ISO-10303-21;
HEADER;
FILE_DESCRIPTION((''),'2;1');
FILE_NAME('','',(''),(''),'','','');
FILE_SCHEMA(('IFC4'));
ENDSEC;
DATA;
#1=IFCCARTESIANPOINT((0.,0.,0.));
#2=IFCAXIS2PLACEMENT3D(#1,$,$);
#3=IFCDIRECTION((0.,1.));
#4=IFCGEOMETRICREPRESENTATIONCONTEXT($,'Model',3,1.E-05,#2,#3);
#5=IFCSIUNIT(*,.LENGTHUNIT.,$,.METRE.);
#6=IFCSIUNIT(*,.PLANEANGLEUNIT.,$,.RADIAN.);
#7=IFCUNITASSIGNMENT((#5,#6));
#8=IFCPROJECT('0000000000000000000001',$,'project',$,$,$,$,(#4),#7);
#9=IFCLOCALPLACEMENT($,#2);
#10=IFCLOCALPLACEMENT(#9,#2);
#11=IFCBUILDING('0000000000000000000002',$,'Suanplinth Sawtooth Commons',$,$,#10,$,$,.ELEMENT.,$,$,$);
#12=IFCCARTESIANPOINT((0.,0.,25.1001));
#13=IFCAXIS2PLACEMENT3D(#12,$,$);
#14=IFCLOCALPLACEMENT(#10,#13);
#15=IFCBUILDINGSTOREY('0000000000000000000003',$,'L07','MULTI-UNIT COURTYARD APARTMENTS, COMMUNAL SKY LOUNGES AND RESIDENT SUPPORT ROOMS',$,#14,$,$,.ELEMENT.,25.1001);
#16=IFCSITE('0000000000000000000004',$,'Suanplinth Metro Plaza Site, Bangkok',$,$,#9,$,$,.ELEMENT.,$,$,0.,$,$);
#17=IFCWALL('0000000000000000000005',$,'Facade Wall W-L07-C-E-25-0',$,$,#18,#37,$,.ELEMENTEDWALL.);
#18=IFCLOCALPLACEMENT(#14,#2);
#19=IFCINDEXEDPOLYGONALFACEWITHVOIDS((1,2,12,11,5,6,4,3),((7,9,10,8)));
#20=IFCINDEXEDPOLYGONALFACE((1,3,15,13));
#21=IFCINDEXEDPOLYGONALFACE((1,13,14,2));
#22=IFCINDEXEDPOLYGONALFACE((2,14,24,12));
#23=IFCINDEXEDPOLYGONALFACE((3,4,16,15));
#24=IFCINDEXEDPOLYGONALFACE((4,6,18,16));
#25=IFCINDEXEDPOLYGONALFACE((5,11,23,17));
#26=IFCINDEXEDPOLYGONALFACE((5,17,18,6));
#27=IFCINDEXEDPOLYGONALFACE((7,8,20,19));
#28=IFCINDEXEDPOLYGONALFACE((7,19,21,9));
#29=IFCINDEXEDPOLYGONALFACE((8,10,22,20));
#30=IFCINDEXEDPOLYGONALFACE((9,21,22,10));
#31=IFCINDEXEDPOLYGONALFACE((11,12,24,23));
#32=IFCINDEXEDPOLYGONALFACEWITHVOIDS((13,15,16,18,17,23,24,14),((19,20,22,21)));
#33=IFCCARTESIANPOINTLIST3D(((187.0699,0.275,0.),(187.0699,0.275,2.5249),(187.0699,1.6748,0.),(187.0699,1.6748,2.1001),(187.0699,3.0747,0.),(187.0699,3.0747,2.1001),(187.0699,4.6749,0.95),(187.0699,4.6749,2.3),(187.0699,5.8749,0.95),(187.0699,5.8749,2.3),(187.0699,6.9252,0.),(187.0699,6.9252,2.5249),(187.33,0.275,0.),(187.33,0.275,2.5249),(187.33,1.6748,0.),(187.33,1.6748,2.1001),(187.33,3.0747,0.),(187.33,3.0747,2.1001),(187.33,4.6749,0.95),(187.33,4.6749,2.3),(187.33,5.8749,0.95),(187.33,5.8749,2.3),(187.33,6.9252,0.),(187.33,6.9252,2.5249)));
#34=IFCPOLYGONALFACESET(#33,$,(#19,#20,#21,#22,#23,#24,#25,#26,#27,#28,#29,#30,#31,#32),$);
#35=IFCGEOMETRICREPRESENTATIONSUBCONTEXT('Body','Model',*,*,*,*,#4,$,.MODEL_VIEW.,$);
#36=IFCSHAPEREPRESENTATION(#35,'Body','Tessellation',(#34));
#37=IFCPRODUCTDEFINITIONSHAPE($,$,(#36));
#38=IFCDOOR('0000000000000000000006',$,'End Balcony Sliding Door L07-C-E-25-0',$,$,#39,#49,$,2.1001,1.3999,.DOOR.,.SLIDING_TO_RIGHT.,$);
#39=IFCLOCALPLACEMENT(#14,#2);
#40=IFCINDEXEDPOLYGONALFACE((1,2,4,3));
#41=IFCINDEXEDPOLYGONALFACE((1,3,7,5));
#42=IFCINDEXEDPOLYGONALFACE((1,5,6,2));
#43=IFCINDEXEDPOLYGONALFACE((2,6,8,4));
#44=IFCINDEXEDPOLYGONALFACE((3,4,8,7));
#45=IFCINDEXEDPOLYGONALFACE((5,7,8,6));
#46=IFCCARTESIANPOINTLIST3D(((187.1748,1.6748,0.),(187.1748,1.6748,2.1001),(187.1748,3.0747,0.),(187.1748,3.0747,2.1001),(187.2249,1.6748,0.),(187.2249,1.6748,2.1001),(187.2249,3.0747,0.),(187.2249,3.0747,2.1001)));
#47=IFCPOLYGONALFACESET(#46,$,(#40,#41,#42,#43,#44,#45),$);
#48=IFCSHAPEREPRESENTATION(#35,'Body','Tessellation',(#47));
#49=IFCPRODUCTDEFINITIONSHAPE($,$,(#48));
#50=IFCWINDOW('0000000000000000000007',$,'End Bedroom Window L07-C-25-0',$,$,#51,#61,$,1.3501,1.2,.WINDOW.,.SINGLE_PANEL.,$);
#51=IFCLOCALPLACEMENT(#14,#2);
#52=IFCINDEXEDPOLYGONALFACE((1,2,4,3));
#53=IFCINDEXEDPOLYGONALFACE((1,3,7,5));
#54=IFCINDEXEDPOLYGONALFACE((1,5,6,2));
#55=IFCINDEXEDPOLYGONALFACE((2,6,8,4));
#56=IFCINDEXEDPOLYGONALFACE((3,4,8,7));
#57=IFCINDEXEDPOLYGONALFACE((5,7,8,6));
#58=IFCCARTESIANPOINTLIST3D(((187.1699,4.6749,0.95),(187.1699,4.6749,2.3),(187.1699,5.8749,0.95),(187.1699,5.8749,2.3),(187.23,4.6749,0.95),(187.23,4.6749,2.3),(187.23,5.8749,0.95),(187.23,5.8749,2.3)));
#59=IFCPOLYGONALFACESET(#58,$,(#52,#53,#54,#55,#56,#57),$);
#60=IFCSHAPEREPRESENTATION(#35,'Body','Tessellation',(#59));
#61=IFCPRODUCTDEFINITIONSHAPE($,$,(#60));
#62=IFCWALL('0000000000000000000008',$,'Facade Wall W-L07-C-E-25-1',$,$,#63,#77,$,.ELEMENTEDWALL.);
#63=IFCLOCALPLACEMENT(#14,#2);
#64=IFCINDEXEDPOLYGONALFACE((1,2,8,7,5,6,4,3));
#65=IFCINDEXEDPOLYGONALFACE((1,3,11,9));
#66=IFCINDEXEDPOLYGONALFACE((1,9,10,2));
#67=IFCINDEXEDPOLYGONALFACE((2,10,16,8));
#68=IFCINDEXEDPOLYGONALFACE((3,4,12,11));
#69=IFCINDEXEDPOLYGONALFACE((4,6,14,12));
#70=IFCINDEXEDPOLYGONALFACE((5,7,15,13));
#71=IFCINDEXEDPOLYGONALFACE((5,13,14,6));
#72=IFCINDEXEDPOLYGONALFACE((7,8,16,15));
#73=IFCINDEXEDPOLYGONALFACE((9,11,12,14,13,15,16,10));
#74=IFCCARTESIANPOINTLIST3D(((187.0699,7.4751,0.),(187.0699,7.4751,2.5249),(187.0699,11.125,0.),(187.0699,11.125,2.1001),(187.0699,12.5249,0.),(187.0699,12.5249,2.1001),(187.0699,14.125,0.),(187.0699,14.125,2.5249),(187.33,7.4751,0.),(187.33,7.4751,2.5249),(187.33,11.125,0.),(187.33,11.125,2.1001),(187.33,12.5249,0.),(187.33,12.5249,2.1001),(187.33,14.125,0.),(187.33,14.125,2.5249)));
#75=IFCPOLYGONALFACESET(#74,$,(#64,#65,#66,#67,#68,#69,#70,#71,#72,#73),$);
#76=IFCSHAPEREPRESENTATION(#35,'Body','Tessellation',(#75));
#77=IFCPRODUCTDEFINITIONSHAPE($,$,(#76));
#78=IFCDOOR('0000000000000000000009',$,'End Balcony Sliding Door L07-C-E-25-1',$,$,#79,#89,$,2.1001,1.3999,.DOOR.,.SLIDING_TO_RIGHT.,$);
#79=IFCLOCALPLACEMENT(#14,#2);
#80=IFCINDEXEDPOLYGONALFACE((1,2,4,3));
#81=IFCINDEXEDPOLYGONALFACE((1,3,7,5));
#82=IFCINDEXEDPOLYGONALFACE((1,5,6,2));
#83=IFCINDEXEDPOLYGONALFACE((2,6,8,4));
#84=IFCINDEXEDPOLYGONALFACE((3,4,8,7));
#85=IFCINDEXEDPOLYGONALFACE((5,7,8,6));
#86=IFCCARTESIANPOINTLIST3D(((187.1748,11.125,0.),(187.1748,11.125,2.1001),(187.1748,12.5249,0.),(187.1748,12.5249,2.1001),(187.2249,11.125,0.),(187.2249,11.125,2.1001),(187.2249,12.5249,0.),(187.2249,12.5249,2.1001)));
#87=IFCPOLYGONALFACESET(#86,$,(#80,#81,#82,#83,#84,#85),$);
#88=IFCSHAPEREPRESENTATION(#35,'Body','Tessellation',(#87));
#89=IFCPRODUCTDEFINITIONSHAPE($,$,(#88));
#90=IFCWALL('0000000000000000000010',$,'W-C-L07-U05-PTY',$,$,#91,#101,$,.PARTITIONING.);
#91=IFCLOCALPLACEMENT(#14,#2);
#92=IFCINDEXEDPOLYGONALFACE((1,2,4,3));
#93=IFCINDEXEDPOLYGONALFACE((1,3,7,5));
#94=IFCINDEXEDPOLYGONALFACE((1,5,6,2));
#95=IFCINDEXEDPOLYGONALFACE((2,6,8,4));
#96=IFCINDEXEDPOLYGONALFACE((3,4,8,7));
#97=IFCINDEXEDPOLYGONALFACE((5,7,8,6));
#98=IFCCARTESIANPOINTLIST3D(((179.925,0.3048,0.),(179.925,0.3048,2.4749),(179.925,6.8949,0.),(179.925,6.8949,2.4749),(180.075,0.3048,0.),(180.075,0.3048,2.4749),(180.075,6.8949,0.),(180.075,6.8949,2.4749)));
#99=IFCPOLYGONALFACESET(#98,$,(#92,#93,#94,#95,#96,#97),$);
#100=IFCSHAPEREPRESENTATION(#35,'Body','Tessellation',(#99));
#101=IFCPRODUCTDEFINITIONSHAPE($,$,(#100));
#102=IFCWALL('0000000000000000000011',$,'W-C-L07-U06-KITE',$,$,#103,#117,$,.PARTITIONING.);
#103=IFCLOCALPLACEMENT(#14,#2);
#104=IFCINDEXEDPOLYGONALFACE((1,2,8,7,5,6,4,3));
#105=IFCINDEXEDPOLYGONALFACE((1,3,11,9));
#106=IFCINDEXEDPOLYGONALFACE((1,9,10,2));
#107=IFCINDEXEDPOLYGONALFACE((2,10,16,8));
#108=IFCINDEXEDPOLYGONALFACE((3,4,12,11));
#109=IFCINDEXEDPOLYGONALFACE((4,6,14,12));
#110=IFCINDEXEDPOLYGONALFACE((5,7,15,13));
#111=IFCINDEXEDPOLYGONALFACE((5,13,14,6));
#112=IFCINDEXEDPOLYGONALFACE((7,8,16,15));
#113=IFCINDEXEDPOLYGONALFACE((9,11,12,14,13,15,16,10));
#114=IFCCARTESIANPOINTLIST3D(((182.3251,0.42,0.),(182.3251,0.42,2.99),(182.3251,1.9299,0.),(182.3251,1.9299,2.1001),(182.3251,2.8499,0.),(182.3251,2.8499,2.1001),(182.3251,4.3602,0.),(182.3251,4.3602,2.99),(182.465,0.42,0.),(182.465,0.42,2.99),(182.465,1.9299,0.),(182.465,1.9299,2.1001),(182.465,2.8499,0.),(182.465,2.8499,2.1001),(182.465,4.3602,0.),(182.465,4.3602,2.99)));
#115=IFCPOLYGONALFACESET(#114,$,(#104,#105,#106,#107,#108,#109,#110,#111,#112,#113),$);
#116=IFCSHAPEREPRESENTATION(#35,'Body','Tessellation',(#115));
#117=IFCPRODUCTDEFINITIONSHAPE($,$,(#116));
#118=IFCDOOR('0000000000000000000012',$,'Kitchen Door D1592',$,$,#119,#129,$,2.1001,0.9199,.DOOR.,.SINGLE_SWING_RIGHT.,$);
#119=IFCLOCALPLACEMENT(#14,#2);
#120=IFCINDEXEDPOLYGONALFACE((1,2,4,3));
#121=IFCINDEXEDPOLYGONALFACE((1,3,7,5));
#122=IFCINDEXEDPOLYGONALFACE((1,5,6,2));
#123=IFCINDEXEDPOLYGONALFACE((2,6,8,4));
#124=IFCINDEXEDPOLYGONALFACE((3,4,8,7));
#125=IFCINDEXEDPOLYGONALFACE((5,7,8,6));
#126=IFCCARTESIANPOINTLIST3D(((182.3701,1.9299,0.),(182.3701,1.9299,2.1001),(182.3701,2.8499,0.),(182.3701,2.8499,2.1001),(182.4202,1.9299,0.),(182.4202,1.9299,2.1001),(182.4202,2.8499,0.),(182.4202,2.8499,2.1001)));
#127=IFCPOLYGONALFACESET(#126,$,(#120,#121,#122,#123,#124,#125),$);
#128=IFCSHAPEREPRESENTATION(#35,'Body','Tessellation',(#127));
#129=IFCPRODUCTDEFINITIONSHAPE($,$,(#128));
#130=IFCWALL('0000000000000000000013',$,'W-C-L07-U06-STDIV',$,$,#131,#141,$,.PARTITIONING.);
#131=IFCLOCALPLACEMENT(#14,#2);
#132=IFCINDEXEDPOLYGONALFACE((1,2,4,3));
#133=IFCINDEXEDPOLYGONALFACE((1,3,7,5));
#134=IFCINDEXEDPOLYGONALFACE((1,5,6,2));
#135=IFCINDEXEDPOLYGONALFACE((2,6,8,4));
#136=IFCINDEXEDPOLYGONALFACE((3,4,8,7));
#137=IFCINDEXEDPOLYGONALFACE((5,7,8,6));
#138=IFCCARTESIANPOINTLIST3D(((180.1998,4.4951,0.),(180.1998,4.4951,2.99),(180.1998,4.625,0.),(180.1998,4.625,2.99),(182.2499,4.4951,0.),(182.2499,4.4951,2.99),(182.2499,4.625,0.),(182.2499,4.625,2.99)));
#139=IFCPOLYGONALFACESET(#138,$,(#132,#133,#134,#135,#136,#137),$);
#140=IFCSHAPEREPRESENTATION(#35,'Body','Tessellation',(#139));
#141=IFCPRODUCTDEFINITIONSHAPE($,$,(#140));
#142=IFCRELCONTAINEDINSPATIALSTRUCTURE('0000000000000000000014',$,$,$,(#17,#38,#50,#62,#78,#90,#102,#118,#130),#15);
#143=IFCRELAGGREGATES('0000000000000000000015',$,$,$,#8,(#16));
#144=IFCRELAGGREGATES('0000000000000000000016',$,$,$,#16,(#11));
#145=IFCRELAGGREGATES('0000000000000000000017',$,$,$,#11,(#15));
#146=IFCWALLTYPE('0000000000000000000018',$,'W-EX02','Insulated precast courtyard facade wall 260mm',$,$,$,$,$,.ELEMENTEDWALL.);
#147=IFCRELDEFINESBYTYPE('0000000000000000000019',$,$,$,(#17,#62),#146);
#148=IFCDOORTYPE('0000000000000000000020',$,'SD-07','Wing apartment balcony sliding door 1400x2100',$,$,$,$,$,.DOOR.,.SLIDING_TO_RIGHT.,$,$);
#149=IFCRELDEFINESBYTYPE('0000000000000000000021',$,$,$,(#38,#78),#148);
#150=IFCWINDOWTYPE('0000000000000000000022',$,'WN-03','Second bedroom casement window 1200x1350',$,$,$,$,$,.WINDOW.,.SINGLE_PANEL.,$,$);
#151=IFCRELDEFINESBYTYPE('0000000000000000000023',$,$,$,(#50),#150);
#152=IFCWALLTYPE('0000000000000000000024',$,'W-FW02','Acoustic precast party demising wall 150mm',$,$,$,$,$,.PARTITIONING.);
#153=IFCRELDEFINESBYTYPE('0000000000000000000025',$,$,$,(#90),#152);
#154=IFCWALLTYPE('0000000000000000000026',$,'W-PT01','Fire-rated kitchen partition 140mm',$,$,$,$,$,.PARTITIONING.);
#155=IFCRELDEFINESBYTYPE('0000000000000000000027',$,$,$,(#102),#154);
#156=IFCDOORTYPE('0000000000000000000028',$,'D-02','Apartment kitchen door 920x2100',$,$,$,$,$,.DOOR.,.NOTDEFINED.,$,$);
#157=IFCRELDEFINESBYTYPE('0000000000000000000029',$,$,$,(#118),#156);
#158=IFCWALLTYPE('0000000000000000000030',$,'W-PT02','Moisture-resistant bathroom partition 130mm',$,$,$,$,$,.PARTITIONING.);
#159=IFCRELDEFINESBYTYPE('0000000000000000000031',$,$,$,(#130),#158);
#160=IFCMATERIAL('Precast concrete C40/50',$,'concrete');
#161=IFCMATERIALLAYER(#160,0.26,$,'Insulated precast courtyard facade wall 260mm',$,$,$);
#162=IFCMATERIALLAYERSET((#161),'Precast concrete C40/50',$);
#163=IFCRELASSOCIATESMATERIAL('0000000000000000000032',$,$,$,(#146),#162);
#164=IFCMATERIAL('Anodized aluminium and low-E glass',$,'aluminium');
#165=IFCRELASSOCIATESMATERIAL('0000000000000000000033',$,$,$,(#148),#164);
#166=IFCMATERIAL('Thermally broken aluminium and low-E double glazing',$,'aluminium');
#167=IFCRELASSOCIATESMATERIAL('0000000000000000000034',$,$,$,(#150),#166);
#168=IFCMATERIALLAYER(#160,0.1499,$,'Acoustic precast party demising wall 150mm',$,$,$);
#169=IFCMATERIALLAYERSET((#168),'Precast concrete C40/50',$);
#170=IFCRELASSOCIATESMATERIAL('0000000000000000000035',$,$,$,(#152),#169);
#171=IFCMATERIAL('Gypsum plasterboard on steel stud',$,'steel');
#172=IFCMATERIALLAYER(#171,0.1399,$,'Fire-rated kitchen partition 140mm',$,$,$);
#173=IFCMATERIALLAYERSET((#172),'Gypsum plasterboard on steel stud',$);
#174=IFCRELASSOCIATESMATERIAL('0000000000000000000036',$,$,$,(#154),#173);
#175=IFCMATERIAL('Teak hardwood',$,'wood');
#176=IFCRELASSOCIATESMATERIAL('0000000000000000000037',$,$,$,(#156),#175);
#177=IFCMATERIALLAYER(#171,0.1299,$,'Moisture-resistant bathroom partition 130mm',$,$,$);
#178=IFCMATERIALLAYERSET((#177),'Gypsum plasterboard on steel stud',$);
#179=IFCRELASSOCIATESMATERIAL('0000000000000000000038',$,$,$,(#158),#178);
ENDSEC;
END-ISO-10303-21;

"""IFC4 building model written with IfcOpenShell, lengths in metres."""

from ifc_helpers import new_model, si_unit, direction, frame, frame_2d, origin, place, context, subcontext, project, spatial, rectangle, extrude, material, layer, layer_set, type_object, element, fill, save


model = new_model("IFC4")

# Units and contexts
model_context = context("Model", 3, precision=1e-05, world=origin(), true_north=direction((0.0, 1.0)))
body_context = subcontext(model_context, "Body", "Model", "MODEL_VIEW")
ifc_project = project(units=[si_unit("LENGTHUNIT", "METRE"), si_unit("PLANEANGLEUNIT", "RADIAN")], contexts=[model_context])

# Site, building, storey
site_placement = place(None, origin())
site = spatial("IfcSite", under=ifc_project, at=site_placement, Name="Suanplinth Metro Plaza Site, Bangkok", CompositionType="ELEMENT", RefElevation=0.0)
building_placement = place(site_placement, origin())
building = spatial("IfcBuilding", under=site, at=building_placement, Name="Suanplinth Sawtooth Commons", CompositionType="ELEMENT")
storey_placement = place(building_placement, frame((0.0, 0.0, 25.1001)))
storey = spatial("IfcBuildingStorey", under=building, at=storey_placement, Name="L07", Description="MULTI-UNIT COURTYARD APARTMENTS, COMMUNAL SKY LOUNGES AND RESIDENT SUPPORT ROOMS", CompositionType="ELEMENT", Elevation=25.1001)

# Shared definitions
ifc_material_1 = material(Name="Precast concrete C40/50", Category="concrete")

# Wall, openings, door, window
ifc_layer_1 = layer(ifc_material_1, 0.26, Name="Insulated precast courtyard facade wall 260mm")
ifc_layer_set_1 = layer_set([ifc_layer_1], Name="Precast concrete C40/50")
wall_type_1 = type_object("IfcWallType", Name="W-EX02", Description="Insulated precast courtyard facade wall 260mm", PredefinedType="ELEMENTEDWALL", material=ifc_layer_set_1)
ifc_material_2 = material(Name="Anodized aluminium and low-E glass", Category="aluminium")
ifc_material_3 = material(Name="Thermally broken aluminium and low-E double glazing", Category="aluminium")
wall_1_placement = place(storey_placement, frame((187.2, 0.2749, 0.0), z_axis=(0.0, 0.0, 1.0), x_axis=(0.0, 1.0, 0.0)))
wall_1 = element("IfcWall", 1, at=wall_1_placement, inside=storey, type_object=wall_type_1, Name="Facade Wall W-L07-C-E-25-0", PredefinedType="ELEMENTEDWALL", context=body_context, shape_type="SweptSolid", body=[
    extrude(rectangle(XDim=6.6501, YDim=0.26, at=frame_2d((3.3252, 0.0))), origin(), (0.0, 0.0, 1.0), 2.5249),
])
opening_1_placement = place(wall_1_placement, frame((1.3999, 0.0, 0.0)))
opening_1 = element("IfcOpeningElement", 2, at=opening_1_placement, cuts=wall_1, PredefinedType="OPENING", context=body_context, shape_type="SweptSolid", body=[
    extrude(rectangle(XDim=1.3999, YDim=2.1001, at=frame_2d((0.7, 1.05))), frame((0.0, 0.145, 0.0), z_axis=(0.0, -1.0, 0.0), x_axis=(1.0, 0.0, 0.0)), (0.0, 0.0, 1.0), 0.2898),
])
opening_2_placement = place(wall_1_placement, frame((4.3999, 0.0, 0.95)))
opening_2 = element("IfcOpeningElement", 3, at=opening_2_placement, cuts=wall_1, PredefinedType="OPENING", context=body_context, shape_type="SweptSolid", body=[
    extrude(rectangle(XDim=1.2, YDim=1.3501, at=frame_2d((0.6001, 0.675))), frame((0.0, 0.145, 0.0), z_axis=(0.0, -1.0, 0.0), x_axis=(1.0, 0.0, 0.0)), (0.0, 0.0, 1.0), 0.2898),
])
door_type_1 = type_object("IfcDoorType", Name="SD-07", Description="Wing apartment balcony sliding door 1400x2100", OperationType="SLIDING_TO_RIGHT", PredefinedType="DOOR", material=ifc_material_2)
door_1_placement = place(opening_1_placement, frame((1.3999, 0.0, 0.0), z_axis=(0.0, 0.0, 1.0), x_axis=(-1.0, 0.0, 0.0)))
door_1 = element("IfcDoor", 4, at=door_1_placement, inside=storey, type_object=door_type_1, Name="End Balcony Sliding Door L07-C-E-25-0", OperationType="SLIDING_TO_RIGHT", OverallHeight=2.1001, OverallWidth=1.3999, PredefinedType="DOOR", context=body_context, shape_type="SweptSolid", body=[
    extrude(rectangle(XDim=1.3999, YDim=2.1001, at=frame_2d((0.7, 1.05))), frame((0.0, 0.0249, 0.0), z_axis=(0.0, -1.0, 0.0), x_axis=(1.0, 0.0, 0.0)), (0.0, 0.0, 1.0), 0.05),
])
fill(opening_1, door_1)
window_type_1 = type_object("IfcWindowType", Name="WN-03", Description="Second bedroom casement window 1200x1350", PartitioningType="SINGLE_PANEL", PredefinedType="WINDOW", material=ifc_material_3)
window_1_placement = place(opening_2_placement, origin())
window_1 = element("IfcWindow", 5, at=window_1_placement, inside=storey, type_object=window_type_1, Name="End Bedroom Window L07-C-25-0", OverallHeight=1.3501, OverallWidth=1.2, PartitioningType="SINGLE_PANEL", PredefinedType="WINDOW", context=body_context, shape_type="SweptSolid", body=[
    extrude(rectangle(XDim=1.2, YDim=1.3501, at=frame_2d((0.6001, 0.675))), frame((0.0, 0.03, 0.0), z_axis=(0.0, -1.0, 0.0), x_axis=(1.0, 0.0, 0.0)), (0.0, 0.0, 1.0), 0.0601),
])
fill(opening_2, window_1)

# Wall, opening, door
wall_2_placement = place(storey_placement, frame((187.2, 7.4751, 0.0), z_axis=(0.0, 0.0, 1.0), x_axis=(0.0, 1.0, 0.0)))
wall_2 = element("IfcWall", 6, at=wall_2_placement, inside=storey, type_object=wall_type_1, Name="Facade Wall W-L07-C-E-25-1", PredefinedType="ELEMENTEDWALL", context=body_context, shape_type="SweptSolid", body=[
    extrude(rectangle(XDim=6.6499, YDim=0.26, at=frame_2d((3.325, 0.0))), origin(), (0.0, 0.0, 1.0), 2.5249),
])
opening_3_placement = place(wall_2_placement, frame((3.6499, 0.0, 0.0)))
opening_3 = element("IfcOpeningElement", 7, at=opening_3_placement, cuts=wall_2, PredefinedType="OPENING", context=body_context, shape_type="SweptSolid", body=[
    extrude(rectangle(XDim=1.3999, YDim=2.1001, at=frame_2d((0.7, 1.05))), frame((0.0, 0.145, 0.0), z_axis=(0.0, -1.0, 0.0), x_axis=(1.0, 0.0, 0.0)), (0.0, 0.0, 1.0), 0.2898),
])
door_2_placement = place(opening_3_placement, frame((1.3999, 0.0, 0.0), z_axis=(0.0, 0.0, 1.0), x_axis=(-1.0, 0.0, 0.0)))
door_2 = element("IfcDoor", 8, at=door_2_placement, inside=storey, type_object=door_type_1, Name="End Balcony Sliding Door L07-C-E-25-1", OperationType="SLIDING_TO_RIGHT", OverallHeight=2.1001, OverallWidth=1.3999, PredefinedType="DOOR", context=body_context, shape_type="SweptSolid", body=[
    extrude(rectangle(XDim=1.3999, YDim=2.1001, at=frame_2d((0.7, 1.05))), frame((0.0, 0.0249, 0.0), z_axis=(0.0, -1.0, 0.0), x_axis=(1.0, 0.0, 0.0)), (0.0, 0.0, 1.0), 0.05),
])
fill(opening_3, door_2)

# Wall
ifc_layer_2 = layer(ifc_material_1, 0.1499, Name="Acoustic precast party demising wall 150mm")
ifc_layer_set_2 = layer_set([ifc_layer_2], Name="Precast concrete C40/50")
wall_type_2 = type_object("IfcWallType", Name="W-FW02", Description="Acoustic precast party demising wall 150mm", PredefinedType="PARTITIONING", material=ifc_layer_set_2)
wall_3_placement = place(storey_placement, frame((180.0, 0.3049, 0.0), z_axis=(0.0, 0.0, 1.0), x_axis=(0.0, 1.0, 0.0)))
element("IfcWall", 9, at=wall_3_placement, inside=storey, type_object=wall_type_2, Name="W-C-L07-U05-PTY", PredefinedType="PARTITIONING", context=body_context, shape_type="SweptSolid", body=[
    extrude(rectangle(XDim=6.5901, YDim=0.1499, at=frame_2d((3.2949, 0.0))), origin(), (0.0, 0.0, 1.0), 2.4749),
])

# Wall, opening, door
ifc_material_4 = material(Name="Gypsum plasterboard on steel stud", Category="steel")
ifc_layer_3 = layer(ifc_material_4, 0.1399, Name="Fire-rated kitchen partition 140mm")
ifc_layer_set_3 = layer_set([ifc_layer_3], Name="Gypsum plasterboard on steel stud")
wall_type_3 = type_object("IfcWallType", Name="W-PT01", Description="Fire-rated kitchen partition 140mm", PredefinedType="PARTITIONING", material=ifc_layer_set_3)
wall_4_placement = place(storey_placement, frame((182.395, 0.4199, 0.0), z_axis=(0.0, 0.0, 1.0), x_axis=(0.0, 1.0, 0.0)))
wall_4 = element("IfcWall", 10, at=wall_4_placement, inside=storey, type_object=wall_type_3, Name="W-C-L07-U06-KITE", PredefinedType="PARTITIONING", context=body_context, shape_type="SweptSolid", body=[
    extrude(rectangle(XDim=3.9402, YDim=0.1399, at=frame_2d((1.9702, 0.0))), origin(), (0.0, 0.0, 1.0), 2.99),
])
opening_4_placement = place(wall_4_placement, frame((1.51, 0.0, 0.0)))
opening_4 = element("IfcOpeningElement", 11, at=opening_4_placement, cuts=wall_4, PredefinedType="OPENING", context=body_context, shape_type="SweptSolid", body=[
    extrude(rectangle(XDim=0.9199, YDim=2.1001, at=frame_2d((0.46, 1.05))), frame((0.0, 0.085, 0.0), z_axis=(0.0, -1.0, 0.0), x_axis=(1.0, 0.0, 0.0)), (0.0, 0.0, 1.0), 0.1697),
])
ifc_material_5 = material(Name="Teak hardwood", Category="wood")
door_type_2 = type_object("IfcDoorType", Name="D-02", Description="Apartment kitchen door 920x2100", OperationType="NOTDEFINED", PredefinedType="DOOR", material=ifc_material_5)
door_3_placement = place(opening_4_placement, origin())
door_3 = element("IfcDoor", 12, at=door_3_placement, inside=storey, type_object=door_type_2, Name="Kitchen Door D1592", OperationType="SINGLE_SWING_RIGHT", OverallHeight=2.1001, OverallWidth=0.9199, PredefinedType="DOOR", context=body_context, shape_type="SweptSolid", body=[
    extrude(rectangle(XDim=0.9199, YDim=2.1001, at=frame_2d((0.46, 1.05))), frame((0.0, 0.0249, 0.0), z_axis=(0.0, -1.0, 0.0), x_axis=(1.0, 0.0, 0.0)), (0.0, 0.0, 1.0), 0.05),
])
fill(opening_4, door_3)

# Wall
ifc_layer_4 = layer(ifc_material_4, 0.1299, Name="Moisture-resistant bathroom partition 130mm")
ifc_layer_set_4 = layer_set([ifc_layer_4], Name="Gypsum plasterboard on steel stud")
wall_type_4 = type_object("IfcWallType", Name="W-PT02", Description="Moisture-resistant bathroom partition 130mm", PredefinedType="PARTITIONING", material=ifc_layer_set_4)
wall_5_placement = place(storey_placement, frame((180.2, 4.5601, 0.0), z_axis=(0.0, 0.0, 1.0), x_axis=(1.0, 0.0, 0.0)))
element("IfcWall", 13, at=wall_5_placement, inside=storey, type_object=wall_type_4, Name="W-C-L07-U06-STDIV", PredefinedType="PARTITIONING", context=body_context, shape_type="SweptSolid", body=[
    extrude(rectangle(XDim=2.05, YDim=0.1299, at=frame_2d((1.0249, 0.0))), origin(), (0.0, 0.0, 1.0), 2.99),
])

save(model, "model.ifc")
